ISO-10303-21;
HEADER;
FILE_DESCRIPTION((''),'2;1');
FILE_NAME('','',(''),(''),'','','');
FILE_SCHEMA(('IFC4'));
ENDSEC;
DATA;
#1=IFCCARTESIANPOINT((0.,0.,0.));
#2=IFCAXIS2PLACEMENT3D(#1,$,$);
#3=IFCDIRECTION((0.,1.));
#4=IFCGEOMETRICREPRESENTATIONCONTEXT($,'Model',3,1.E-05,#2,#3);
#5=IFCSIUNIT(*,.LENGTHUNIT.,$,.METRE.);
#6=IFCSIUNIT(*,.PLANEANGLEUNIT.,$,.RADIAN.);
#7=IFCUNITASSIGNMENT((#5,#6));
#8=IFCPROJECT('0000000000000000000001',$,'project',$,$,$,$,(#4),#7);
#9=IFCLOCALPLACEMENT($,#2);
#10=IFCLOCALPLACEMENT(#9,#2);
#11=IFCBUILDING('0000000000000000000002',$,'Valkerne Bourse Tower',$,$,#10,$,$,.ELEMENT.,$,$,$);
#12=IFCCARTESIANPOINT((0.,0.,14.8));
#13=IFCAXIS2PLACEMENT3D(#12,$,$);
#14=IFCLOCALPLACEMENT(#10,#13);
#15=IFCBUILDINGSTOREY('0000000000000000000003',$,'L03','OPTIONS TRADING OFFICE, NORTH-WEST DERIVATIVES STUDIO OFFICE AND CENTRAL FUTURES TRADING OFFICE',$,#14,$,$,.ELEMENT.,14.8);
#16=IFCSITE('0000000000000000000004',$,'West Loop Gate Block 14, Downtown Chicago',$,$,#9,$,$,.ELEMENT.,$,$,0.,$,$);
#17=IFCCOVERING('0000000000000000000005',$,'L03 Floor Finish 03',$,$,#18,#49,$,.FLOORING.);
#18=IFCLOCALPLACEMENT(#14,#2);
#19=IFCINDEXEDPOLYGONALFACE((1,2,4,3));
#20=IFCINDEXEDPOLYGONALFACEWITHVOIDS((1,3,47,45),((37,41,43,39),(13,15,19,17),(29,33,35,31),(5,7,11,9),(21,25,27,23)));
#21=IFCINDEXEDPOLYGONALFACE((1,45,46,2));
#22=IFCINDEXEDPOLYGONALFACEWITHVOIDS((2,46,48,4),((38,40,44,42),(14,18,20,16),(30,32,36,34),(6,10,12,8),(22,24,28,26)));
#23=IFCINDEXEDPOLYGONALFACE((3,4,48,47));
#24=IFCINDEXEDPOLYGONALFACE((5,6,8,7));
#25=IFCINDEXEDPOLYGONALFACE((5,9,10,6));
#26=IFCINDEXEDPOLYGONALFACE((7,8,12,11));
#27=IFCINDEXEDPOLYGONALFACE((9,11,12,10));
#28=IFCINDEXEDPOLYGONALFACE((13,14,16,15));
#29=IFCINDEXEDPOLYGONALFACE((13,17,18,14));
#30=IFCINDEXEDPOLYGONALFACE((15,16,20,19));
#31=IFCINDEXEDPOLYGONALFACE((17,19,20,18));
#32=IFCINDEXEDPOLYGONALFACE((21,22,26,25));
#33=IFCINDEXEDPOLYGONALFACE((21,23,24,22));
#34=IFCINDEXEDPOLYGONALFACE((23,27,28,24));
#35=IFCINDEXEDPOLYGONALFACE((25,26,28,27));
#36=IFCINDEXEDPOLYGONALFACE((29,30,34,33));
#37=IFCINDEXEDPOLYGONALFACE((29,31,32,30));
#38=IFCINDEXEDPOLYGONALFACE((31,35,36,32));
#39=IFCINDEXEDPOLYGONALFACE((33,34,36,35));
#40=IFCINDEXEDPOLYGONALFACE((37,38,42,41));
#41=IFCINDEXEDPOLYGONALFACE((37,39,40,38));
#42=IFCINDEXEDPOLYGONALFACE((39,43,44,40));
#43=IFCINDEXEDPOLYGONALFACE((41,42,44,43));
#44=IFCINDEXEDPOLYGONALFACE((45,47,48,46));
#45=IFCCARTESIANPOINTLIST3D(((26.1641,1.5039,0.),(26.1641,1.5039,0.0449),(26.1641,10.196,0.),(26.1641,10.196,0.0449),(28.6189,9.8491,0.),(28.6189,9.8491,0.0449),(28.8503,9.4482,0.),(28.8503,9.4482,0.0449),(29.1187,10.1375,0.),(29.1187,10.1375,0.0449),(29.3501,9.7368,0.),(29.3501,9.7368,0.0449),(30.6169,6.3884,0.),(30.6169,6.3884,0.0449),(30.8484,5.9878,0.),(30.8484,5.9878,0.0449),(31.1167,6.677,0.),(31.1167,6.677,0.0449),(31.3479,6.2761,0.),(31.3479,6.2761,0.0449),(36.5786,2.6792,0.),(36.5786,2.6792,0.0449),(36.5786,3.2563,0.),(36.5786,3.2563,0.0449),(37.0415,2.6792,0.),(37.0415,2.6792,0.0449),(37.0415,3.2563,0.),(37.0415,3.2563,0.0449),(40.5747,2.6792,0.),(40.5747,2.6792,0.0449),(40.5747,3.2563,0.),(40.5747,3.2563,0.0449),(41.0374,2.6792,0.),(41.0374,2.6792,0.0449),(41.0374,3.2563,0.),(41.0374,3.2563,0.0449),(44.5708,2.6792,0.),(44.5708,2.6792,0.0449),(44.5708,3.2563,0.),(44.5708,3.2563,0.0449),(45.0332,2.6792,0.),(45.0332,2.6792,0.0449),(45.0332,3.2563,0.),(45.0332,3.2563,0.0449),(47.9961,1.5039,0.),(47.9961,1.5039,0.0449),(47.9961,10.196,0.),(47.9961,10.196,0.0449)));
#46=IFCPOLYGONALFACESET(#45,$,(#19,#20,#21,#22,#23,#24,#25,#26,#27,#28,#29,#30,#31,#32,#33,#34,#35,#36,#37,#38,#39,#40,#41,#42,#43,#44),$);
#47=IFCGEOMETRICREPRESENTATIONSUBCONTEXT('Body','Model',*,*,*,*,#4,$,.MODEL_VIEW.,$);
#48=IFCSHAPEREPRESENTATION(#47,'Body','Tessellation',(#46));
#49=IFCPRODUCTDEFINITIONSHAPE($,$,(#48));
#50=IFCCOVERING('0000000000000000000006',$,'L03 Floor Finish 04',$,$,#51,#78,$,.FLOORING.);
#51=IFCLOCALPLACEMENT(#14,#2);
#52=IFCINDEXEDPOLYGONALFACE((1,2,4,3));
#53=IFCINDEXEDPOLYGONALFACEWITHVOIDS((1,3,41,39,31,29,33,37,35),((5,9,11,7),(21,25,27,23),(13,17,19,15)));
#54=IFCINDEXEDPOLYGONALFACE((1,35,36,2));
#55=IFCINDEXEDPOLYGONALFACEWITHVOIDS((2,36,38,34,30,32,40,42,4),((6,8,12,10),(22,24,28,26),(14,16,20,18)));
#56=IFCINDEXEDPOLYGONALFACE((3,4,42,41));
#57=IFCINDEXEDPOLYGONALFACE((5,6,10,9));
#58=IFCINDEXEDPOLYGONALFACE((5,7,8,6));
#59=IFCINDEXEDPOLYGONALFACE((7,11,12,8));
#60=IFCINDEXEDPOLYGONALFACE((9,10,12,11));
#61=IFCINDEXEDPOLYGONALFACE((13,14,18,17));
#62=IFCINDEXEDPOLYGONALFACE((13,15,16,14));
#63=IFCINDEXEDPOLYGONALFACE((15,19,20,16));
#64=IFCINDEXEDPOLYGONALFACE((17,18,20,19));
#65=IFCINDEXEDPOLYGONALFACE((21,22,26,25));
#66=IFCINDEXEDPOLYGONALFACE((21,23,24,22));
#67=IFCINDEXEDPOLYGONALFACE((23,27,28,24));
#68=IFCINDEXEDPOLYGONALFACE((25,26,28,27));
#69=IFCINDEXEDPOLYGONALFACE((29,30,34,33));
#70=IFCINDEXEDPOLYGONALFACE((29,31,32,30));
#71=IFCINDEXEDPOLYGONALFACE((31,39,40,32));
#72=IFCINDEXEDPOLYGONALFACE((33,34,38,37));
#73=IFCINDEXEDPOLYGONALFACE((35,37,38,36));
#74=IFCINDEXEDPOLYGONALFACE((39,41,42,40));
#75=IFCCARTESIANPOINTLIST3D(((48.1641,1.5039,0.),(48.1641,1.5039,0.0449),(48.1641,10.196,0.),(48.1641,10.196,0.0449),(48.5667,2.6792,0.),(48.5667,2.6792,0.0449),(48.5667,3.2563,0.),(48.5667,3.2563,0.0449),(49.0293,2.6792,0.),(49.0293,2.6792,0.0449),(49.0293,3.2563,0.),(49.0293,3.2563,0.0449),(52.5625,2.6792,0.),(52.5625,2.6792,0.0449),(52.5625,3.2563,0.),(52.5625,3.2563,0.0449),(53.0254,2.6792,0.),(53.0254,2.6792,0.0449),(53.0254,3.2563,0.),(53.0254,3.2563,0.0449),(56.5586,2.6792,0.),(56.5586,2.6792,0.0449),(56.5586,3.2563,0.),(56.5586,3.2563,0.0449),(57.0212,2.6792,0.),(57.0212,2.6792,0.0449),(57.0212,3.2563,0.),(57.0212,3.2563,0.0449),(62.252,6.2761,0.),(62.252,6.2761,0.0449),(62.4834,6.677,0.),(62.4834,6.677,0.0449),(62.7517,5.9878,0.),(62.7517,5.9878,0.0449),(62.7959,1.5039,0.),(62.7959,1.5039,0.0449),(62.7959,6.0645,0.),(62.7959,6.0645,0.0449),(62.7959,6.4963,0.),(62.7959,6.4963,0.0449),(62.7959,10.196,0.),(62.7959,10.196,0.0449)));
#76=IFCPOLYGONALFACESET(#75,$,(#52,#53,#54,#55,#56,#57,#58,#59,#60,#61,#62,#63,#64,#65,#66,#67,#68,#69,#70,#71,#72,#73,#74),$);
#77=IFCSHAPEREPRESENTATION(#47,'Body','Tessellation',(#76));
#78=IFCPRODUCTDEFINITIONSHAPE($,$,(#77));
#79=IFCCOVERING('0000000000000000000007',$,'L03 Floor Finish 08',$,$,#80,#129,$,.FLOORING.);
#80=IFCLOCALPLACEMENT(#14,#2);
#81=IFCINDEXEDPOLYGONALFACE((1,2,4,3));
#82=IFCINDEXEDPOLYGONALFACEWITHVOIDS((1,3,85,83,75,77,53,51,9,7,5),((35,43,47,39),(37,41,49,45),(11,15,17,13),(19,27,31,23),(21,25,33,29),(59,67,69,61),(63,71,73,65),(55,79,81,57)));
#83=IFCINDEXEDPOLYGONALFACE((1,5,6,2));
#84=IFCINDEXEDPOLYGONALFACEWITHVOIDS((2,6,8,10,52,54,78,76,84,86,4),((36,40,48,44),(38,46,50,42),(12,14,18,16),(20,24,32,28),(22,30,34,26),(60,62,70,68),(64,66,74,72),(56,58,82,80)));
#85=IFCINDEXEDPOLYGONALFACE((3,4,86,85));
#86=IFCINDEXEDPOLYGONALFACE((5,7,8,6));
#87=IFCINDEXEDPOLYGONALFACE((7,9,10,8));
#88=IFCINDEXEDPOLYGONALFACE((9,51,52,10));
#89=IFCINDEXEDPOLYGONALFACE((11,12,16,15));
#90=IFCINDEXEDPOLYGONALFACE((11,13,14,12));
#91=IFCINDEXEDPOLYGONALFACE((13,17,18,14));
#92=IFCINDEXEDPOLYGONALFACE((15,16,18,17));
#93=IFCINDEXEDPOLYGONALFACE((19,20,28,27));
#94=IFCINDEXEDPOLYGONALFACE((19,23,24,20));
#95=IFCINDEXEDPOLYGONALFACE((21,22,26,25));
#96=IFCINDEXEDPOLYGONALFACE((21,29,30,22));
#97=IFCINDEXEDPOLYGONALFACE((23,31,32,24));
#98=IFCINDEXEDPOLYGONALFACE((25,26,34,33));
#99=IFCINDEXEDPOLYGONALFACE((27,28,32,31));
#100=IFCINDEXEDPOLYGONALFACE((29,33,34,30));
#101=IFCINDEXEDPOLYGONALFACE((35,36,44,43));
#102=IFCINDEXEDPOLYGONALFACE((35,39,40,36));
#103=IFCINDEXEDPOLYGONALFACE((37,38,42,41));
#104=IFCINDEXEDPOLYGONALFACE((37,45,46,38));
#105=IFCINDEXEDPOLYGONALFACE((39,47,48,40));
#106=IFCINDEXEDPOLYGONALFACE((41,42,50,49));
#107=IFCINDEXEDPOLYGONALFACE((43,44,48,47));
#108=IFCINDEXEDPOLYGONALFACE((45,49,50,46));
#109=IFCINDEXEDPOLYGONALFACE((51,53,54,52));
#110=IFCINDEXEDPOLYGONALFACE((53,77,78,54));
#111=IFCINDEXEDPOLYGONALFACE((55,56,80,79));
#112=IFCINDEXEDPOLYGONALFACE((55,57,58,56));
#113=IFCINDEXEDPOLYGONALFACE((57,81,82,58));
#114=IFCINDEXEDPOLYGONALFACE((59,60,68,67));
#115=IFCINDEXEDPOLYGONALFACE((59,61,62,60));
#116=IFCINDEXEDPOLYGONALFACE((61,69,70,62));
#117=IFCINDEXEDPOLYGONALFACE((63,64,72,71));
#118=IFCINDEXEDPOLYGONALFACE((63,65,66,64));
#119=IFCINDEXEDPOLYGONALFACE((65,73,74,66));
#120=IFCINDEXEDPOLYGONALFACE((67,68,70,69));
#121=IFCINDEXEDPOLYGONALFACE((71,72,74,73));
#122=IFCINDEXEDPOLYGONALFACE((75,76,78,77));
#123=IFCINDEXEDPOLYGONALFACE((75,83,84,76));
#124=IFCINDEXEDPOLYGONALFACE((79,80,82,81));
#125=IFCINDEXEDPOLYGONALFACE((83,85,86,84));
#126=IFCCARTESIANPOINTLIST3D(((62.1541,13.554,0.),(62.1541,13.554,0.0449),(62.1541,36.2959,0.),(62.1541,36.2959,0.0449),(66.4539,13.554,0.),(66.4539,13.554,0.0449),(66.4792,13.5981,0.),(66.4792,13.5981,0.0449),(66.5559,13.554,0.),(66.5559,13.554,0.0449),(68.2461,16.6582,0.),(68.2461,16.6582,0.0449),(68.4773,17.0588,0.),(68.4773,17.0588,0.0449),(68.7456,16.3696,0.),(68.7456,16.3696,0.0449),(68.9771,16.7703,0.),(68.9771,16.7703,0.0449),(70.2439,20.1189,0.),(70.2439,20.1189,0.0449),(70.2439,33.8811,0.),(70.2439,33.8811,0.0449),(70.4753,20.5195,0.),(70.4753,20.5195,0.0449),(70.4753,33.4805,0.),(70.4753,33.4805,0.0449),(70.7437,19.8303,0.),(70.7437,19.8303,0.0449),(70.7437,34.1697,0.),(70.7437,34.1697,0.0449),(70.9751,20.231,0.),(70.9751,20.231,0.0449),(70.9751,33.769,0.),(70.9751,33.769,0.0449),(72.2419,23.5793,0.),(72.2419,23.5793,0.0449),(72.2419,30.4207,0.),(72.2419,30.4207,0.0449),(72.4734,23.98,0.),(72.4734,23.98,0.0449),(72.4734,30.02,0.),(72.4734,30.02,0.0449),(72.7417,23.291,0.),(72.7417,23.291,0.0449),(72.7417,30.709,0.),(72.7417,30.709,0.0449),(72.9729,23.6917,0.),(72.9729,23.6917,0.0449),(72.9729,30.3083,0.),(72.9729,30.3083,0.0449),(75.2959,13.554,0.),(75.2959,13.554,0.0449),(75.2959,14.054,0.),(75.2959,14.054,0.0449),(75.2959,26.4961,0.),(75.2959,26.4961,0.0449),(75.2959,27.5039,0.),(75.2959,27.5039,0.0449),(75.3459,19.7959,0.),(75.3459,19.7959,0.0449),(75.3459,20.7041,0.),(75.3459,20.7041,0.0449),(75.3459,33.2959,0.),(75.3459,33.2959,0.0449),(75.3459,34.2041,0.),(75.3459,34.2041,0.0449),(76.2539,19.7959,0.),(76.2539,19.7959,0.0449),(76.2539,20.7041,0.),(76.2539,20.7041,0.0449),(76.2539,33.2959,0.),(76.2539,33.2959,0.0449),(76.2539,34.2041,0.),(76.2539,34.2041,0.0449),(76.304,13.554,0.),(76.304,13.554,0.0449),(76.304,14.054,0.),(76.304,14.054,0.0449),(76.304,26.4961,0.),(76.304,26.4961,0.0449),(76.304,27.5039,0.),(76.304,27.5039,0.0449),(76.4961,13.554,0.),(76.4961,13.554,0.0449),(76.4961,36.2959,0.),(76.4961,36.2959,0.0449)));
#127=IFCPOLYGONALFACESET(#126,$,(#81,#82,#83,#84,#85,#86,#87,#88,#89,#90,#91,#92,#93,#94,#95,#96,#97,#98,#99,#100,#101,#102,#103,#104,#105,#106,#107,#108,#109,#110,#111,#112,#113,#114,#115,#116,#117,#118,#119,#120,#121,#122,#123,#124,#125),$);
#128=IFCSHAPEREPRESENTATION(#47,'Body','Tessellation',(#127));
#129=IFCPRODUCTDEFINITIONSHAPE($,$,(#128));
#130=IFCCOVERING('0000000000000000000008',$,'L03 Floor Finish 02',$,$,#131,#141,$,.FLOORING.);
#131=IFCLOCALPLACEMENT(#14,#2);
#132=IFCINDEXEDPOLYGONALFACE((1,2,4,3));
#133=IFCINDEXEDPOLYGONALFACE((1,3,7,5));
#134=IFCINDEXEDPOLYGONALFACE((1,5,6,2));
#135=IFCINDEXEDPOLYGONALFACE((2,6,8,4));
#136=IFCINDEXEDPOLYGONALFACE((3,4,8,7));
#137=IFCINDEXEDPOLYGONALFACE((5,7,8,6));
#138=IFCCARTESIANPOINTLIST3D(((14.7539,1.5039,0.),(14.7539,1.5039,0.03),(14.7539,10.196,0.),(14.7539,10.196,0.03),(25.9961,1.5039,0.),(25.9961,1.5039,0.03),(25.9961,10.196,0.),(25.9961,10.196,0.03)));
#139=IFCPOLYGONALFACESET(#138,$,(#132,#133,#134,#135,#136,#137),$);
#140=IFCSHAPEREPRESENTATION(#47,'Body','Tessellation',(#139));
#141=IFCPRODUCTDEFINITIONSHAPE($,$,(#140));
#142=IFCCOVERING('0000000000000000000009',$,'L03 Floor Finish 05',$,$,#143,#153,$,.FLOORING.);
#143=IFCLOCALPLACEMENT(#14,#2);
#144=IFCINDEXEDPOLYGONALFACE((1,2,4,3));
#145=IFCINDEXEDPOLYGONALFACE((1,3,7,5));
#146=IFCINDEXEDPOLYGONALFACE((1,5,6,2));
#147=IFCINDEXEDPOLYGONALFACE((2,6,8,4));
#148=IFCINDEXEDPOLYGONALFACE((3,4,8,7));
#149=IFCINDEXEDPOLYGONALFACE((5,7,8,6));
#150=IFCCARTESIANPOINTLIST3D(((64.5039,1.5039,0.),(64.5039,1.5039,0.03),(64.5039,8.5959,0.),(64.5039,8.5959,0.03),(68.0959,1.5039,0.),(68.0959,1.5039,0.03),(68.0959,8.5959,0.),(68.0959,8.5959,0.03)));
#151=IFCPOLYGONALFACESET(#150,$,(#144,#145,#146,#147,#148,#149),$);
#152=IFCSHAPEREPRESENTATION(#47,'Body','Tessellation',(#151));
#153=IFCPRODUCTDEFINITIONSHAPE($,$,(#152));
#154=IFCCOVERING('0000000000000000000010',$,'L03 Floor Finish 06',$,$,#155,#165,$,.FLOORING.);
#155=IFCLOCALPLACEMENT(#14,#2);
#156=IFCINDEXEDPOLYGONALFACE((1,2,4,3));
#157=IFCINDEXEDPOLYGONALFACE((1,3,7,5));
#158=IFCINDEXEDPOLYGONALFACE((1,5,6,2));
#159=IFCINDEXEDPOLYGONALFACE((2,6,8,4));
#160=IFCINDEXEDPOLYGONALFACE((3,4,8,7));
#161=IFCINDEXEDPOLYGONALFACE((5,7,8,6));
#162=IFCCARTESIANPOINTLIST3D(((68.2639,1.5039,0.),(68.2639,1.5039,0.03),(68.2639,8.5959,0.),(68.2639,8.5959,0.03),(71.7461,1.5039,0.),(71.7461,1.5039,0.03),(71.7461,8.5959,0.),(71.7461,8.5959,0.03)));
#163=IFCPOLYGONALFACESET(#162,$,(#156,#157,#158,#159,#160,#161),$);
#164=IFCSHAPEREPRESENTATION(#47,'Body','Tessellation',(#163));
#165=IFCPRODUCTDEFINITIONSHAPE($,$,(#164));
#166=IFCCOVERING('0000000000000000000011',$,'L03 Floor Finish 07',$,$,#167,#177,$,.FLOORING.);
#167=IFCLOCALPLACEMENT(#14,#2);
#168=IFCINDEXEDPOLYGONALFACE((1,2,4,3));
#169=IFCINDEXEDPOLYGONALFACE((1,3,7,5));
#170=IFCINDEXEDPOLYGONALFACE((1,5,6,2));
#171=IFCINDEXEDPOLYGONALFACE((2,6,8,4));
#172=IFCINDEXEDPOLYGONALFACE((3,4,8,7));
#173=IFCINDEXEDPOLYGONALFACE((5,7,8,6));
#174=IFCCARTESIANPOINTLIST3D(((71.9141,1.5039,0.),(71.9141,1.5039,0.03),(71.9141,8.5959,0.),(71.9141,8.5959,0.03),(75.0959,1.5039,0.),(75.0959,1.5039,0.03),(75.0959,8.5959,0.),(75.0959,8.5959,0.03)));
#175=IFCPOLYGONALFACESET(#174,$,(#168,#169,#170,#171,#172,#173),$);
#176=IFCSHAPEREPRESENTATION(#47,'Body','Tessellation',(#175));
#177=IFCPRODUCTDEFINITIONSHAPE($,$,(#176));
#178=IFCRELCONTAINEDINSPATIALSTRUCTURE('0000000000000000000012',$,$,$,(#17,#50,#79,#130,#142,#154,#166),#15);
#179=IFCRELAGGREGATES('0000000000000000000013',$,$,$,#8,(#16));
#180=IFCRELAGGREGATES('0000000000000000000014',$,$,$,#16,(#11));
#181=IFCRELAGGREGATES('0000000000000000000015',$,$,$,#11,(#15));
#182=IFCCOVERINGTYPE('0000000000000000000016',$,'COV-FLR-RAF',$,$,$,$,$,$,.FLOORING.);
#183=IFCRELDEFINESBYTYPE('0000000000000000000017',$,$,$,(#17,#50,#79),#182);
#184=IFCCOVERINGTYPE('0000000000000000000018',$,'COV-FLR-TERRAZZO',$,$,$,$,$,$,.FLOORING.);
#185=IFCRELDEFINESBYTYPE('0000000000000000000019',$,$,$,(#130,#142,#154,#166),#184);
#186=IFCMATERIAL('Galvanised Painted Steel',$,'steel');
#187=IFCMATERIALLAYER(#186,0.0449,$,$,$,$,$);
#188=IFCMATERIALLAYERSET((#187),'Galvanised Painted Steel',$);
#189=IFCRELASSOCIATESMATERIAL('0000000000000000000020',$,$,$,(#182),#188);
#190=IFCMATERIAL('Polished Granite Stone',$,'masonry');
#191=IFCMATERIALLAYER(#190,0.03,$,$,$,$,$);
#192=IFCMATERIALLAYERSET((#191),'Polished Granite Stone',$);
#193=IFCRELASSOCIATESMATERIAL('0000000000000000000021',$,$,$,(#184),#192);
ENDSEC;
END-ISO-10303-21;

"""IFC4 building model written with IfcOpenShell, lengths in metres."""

from ifc_helpers import new_model, si_unit, direction, frame, origin, place, context, subcontext, project, spatial, polyline, outline, extrude, material, layer, layer_set, type_object, element, save


model = new_model("IFC4")

# Units and contexts
model_context = context("Model", 3, precision=1e-05, world=origin(), true_north=direction((0.0, 1.0)))
body_context = subcontext(model_context, "Body", "Model", "MODEL_VIEW")
ifc_project = project(units=[si_unit("LENGTHUNIT", "METRE"), si_unit("PLANEANGLEUNIT", "RADIAN")], contexts=[model_context])

# Site, building, storey
site_placement = place(None, origin())
site = spatial("IfcSite", under=ifc_project, at=site_placement, Name="West Loop Gate Block 14, Downtown Chicago", CompositionType="ELEMENT", RefElevation=0.0)
building_placement = place(site_placement, origin())
building = spatial("IfcBuilding", under=site, at=building_placement, Name="Valkerne Bourse Tower", CompositionType="ELEMENT")
storey_placement = place(building_placement, frame((0.0, 0.0, 14.8)))
storey = spatial("IfcBuildingStorey", under=building, at=storey_placement, Name="L03", Description="OPTIONS TRADING OFFICE, NORTH-WEST DERIVATIVES STUDIO OFFICE AND CENTRAL FUTURES TRADING OFFICE", CompositionType="ELEMENT", Elevation=14.8)

# Coverings
ifc_material_1 = material(Name="Galvanised Painted Steel", Category="steel")
ifc_layer_1 = layer(ifc_material_1, 0.0449)
ifc_layer_set_1 = layer_set([ifc_layer_1], Name="Galvanised Painted Steel")
covering_type_1 = type_object("IfcCoveringType", Name="COV-FLR-RAF", PredefinedType="FLOORING", material=ifc_layer_set_1)
covering_1_placement = place(storey_placement, origin())
element("IfcCovering", 1, at=covering_1_placement, inside=storey, type_object=covering_type_1, Name="L03 Floor Finish 03", PredefinedType="FLOORING", context=body_context, shape_type="SweptSolid", body=[
    extrude(outline(polyline([(26.1641, 10.196), (47.9961, 10.196), (47.9961, 1.5039), (26.1641, 1.5039), (26.1641, 10.196)]), holes=[polyline([(28.6189, 9.8491), (28.8503, 9.4482), (29.3501, 9.7368), (29.1187, 10.1375), (28.6189, 9.8491)]), polyline([(37.0415, 3.2563), (36.5786, 3.2563), (36.5786, 2.6792), (37.0415, 2.6792), (37.0415, 3.2563)]), polyline([(45.0332, 3.2563), (44.5708, 3.2563), (44.5708, 2.6792), (45.0332, 2.6792), (45.0332, 3.2563)]), polyline([(40.5747, 3.2563), (40.5747, 2.6792), (41.0374, 2.6792), (41.0374, 3.2563), (40.5747, 3.2563)]), polyline([(31.1167, 6.677), (30.6169, 6.3884), (30.8484, 5.9878), (31.3479, 6.2761), (31.1167, 6.677)])]), origin(), (0.0, 0.0, 1.0), 0.0449),
])
covering_2_placement = place(storey_placement, origin())
element("IfcCovering", 2, at=covering_2_placement, inside=storey, type_object=covering_type_1, Name="L03 Floor Finish 04", PredefinedType="FLOORING", context=body_context, shape_type="SweptSolid", body=[
    extrude(outline(polyline([(48.1641, 10.196), (62.7959, 10.196), (62.7959, 6.4963), (62.4834, 6.677), (62.252, 6.2761), (62.7517, 5.9878), (62.7959, 6.0645), (62.7959, 1.5039), (48.1641, 1.5039), (48.1641, 10.196)]), holes=[polyline([(48.5667, 3.2563), (48.5667, 2.6792), (49.0293, 2.6792), (49.0293, 3.2563), (48.5667, 3.2563)]), polyline([(52.5625, 3.2563), (52.5625, 2.6792), (53.0254, 2.6792), (53.0254, 3.2563), (52.5625, 3.2563)]), polyline([(57.0212, 3.2563), (56.5586, 3.2563), (56.5586, 2.6792), (57.0212, 2.6792), (57.0212, 3.2563)])]), origin(), (0.0, 0.0, 1.0), 0.0449),
])
covering_3_placement = place(storey_placement, origin())
element("IfcCovering", 3, at=covering_3_placement, inside=storey, type_object=covering_type_1, Name="L03 Floor Finish 08", PredefinedType="FLOORING", context=body_context, shape_type="SweptSolid", body=[
    extrude(outline(polyline([(62.1541, 36.2959), (76.4961, 36.2959), (76.4961, 13.554), (76.304, 13.554), (76.304, 14.054), (75.2959, 14.054), (75.2959, 13.554), (66.5559, 13.554), (66.4792, 13.5981), (66.4539, 13.554), (62.1541, 13.554), (62.1541, 36.2959)]), holes=[polyline([(68.2461, 16.6582), (68.7456, 16.3696), (68.9771, 16.7703), (68.4773, 17.0588), (68.2461, 16.6582)]), polyline([(70.4753, 20.5195), (70.2439, 20.1189), (70.7437, 19.8303), (70.9751, 20.231), (70.4753, 20.5195)]), polyline([(76.2539, 20.7041), (75.3459, 20.7041), (75.3459, 19.7959), (76.2539, 19.7959), (76.2539, 20.7041)]), polyline([(72.4734, 23.98), (72.2419, 23.5793), (72.7417, 23.291), (72.9729, 23.6917), (72.4734, 23.98)]), polyline([(76.304, 27.5039), (75.2959, 27.5039), (75.2959, 26.4961), (76.304, 26.4961), (76.304, 27.5039)]), polyline([(72.7417, 30.709), (72.2419, 30.4207), (72.4734, 30.02), (72.9729, 30.3083), (72.7417, 30.709)]), polyline([(76.2539, 34.2041), (75.3459, 34.2041), (75.3459, 33.2959), (76.2539, 33.2959), (76.2539, 34.2041)]), polyline([(70.2439, 33.8811), (70.4753, 33.4805), (70.9751, 33.769), (70.7437, 34.1697), (70.2439, 33.8811)])]), origin(), (0.0, 0.0, 1.0), 0.0449),
])
ifc_material_2 = material(Name="Polished Granite Stone", Category="masonry")
ifc_layer_2 = layer(ifc_material_2, 0.03)
ifc_layer_set_2 = layer_set([ifc_layer_2], Name="Polished Granite Stone")
covering_type_2 = type_object("IfcCoveringType", Name="COV-FLR-TERRAZZO", PredefinedType="FLOORING", material=ifc_layer_set_2)
covering_4_placement = place(storey_placement, origin())
element("IfcCovering", 4, at=covering_4_placement, inside=storey, type_object=covering_type_2, Name="L03 Floor Finish 02", PredefinedType="FLOORING", context=body_context, shape_type="SweptSolid", body=[
    extrude(outline(polyline([(14.7539, 10.196), (25.9961, 10.196), (25.9961, 1.5039), (14.7539, 1.5039), (14.7539, 10.196)])), origin(), (0.0, 0.0, 1.0), 0.03),
])
covering_5_placement = place(storey_placement, origin())
element("IfcCovering", 5, at=covering_5_placement, inside=storey, type_object=covering_type_2, Name="L03 Floor Finish 05", PredefinedType="FLOORING", context=body_context, shape_type="SweptSolid", body=[
    extrude(outline(polyline([(64.5039, 8.5959), (68.0959, 8.5959), (68.0959, 1.5039), (64.5039, 1.5039), (64.5039, 8.5959)])), origin(), (0.0, 0.0, 1.0), 0.03),
])
covering_6_placement = place(storey_placement, origin())
element("IfcCovering", 6, at=covering_6_placement, inside=storey, type_object=covering_type_2, Name="L03 Floor Finish 06", PredefinedType="FLOORING", context=body_context, shape_type="SweptSolid", body=[
    extrude(outline(polyline([(68.2639, 8.5959), (71.7461, 8.5959), (71.7461, 1.5039), (68.2639, 1.5039), (68.2639, 8.5959)])), origin(), (0.0, 0.0, 1.0), 0.03),
])
covering_7_placement = place(storey_placement, origin())
element("IfcCovering", 7, at=covering_7_placement, inside=storey, type_object=covering_type_2, Name="L03 Floor Finish 07", PredefinedType="FLOORING", context=body_context, shape_type="SweptSolid", body=[
    extrude(outline(polyline([(71.9141, 8.5959), (75.0959, 8.5959), (75.0959, 1.5039), (71.9141, 1.5039), (71.9141, 8.5959)])), origin(), (0.0, 0.0, 1.0), 0.03),
])

save(model, "model.ifc")
